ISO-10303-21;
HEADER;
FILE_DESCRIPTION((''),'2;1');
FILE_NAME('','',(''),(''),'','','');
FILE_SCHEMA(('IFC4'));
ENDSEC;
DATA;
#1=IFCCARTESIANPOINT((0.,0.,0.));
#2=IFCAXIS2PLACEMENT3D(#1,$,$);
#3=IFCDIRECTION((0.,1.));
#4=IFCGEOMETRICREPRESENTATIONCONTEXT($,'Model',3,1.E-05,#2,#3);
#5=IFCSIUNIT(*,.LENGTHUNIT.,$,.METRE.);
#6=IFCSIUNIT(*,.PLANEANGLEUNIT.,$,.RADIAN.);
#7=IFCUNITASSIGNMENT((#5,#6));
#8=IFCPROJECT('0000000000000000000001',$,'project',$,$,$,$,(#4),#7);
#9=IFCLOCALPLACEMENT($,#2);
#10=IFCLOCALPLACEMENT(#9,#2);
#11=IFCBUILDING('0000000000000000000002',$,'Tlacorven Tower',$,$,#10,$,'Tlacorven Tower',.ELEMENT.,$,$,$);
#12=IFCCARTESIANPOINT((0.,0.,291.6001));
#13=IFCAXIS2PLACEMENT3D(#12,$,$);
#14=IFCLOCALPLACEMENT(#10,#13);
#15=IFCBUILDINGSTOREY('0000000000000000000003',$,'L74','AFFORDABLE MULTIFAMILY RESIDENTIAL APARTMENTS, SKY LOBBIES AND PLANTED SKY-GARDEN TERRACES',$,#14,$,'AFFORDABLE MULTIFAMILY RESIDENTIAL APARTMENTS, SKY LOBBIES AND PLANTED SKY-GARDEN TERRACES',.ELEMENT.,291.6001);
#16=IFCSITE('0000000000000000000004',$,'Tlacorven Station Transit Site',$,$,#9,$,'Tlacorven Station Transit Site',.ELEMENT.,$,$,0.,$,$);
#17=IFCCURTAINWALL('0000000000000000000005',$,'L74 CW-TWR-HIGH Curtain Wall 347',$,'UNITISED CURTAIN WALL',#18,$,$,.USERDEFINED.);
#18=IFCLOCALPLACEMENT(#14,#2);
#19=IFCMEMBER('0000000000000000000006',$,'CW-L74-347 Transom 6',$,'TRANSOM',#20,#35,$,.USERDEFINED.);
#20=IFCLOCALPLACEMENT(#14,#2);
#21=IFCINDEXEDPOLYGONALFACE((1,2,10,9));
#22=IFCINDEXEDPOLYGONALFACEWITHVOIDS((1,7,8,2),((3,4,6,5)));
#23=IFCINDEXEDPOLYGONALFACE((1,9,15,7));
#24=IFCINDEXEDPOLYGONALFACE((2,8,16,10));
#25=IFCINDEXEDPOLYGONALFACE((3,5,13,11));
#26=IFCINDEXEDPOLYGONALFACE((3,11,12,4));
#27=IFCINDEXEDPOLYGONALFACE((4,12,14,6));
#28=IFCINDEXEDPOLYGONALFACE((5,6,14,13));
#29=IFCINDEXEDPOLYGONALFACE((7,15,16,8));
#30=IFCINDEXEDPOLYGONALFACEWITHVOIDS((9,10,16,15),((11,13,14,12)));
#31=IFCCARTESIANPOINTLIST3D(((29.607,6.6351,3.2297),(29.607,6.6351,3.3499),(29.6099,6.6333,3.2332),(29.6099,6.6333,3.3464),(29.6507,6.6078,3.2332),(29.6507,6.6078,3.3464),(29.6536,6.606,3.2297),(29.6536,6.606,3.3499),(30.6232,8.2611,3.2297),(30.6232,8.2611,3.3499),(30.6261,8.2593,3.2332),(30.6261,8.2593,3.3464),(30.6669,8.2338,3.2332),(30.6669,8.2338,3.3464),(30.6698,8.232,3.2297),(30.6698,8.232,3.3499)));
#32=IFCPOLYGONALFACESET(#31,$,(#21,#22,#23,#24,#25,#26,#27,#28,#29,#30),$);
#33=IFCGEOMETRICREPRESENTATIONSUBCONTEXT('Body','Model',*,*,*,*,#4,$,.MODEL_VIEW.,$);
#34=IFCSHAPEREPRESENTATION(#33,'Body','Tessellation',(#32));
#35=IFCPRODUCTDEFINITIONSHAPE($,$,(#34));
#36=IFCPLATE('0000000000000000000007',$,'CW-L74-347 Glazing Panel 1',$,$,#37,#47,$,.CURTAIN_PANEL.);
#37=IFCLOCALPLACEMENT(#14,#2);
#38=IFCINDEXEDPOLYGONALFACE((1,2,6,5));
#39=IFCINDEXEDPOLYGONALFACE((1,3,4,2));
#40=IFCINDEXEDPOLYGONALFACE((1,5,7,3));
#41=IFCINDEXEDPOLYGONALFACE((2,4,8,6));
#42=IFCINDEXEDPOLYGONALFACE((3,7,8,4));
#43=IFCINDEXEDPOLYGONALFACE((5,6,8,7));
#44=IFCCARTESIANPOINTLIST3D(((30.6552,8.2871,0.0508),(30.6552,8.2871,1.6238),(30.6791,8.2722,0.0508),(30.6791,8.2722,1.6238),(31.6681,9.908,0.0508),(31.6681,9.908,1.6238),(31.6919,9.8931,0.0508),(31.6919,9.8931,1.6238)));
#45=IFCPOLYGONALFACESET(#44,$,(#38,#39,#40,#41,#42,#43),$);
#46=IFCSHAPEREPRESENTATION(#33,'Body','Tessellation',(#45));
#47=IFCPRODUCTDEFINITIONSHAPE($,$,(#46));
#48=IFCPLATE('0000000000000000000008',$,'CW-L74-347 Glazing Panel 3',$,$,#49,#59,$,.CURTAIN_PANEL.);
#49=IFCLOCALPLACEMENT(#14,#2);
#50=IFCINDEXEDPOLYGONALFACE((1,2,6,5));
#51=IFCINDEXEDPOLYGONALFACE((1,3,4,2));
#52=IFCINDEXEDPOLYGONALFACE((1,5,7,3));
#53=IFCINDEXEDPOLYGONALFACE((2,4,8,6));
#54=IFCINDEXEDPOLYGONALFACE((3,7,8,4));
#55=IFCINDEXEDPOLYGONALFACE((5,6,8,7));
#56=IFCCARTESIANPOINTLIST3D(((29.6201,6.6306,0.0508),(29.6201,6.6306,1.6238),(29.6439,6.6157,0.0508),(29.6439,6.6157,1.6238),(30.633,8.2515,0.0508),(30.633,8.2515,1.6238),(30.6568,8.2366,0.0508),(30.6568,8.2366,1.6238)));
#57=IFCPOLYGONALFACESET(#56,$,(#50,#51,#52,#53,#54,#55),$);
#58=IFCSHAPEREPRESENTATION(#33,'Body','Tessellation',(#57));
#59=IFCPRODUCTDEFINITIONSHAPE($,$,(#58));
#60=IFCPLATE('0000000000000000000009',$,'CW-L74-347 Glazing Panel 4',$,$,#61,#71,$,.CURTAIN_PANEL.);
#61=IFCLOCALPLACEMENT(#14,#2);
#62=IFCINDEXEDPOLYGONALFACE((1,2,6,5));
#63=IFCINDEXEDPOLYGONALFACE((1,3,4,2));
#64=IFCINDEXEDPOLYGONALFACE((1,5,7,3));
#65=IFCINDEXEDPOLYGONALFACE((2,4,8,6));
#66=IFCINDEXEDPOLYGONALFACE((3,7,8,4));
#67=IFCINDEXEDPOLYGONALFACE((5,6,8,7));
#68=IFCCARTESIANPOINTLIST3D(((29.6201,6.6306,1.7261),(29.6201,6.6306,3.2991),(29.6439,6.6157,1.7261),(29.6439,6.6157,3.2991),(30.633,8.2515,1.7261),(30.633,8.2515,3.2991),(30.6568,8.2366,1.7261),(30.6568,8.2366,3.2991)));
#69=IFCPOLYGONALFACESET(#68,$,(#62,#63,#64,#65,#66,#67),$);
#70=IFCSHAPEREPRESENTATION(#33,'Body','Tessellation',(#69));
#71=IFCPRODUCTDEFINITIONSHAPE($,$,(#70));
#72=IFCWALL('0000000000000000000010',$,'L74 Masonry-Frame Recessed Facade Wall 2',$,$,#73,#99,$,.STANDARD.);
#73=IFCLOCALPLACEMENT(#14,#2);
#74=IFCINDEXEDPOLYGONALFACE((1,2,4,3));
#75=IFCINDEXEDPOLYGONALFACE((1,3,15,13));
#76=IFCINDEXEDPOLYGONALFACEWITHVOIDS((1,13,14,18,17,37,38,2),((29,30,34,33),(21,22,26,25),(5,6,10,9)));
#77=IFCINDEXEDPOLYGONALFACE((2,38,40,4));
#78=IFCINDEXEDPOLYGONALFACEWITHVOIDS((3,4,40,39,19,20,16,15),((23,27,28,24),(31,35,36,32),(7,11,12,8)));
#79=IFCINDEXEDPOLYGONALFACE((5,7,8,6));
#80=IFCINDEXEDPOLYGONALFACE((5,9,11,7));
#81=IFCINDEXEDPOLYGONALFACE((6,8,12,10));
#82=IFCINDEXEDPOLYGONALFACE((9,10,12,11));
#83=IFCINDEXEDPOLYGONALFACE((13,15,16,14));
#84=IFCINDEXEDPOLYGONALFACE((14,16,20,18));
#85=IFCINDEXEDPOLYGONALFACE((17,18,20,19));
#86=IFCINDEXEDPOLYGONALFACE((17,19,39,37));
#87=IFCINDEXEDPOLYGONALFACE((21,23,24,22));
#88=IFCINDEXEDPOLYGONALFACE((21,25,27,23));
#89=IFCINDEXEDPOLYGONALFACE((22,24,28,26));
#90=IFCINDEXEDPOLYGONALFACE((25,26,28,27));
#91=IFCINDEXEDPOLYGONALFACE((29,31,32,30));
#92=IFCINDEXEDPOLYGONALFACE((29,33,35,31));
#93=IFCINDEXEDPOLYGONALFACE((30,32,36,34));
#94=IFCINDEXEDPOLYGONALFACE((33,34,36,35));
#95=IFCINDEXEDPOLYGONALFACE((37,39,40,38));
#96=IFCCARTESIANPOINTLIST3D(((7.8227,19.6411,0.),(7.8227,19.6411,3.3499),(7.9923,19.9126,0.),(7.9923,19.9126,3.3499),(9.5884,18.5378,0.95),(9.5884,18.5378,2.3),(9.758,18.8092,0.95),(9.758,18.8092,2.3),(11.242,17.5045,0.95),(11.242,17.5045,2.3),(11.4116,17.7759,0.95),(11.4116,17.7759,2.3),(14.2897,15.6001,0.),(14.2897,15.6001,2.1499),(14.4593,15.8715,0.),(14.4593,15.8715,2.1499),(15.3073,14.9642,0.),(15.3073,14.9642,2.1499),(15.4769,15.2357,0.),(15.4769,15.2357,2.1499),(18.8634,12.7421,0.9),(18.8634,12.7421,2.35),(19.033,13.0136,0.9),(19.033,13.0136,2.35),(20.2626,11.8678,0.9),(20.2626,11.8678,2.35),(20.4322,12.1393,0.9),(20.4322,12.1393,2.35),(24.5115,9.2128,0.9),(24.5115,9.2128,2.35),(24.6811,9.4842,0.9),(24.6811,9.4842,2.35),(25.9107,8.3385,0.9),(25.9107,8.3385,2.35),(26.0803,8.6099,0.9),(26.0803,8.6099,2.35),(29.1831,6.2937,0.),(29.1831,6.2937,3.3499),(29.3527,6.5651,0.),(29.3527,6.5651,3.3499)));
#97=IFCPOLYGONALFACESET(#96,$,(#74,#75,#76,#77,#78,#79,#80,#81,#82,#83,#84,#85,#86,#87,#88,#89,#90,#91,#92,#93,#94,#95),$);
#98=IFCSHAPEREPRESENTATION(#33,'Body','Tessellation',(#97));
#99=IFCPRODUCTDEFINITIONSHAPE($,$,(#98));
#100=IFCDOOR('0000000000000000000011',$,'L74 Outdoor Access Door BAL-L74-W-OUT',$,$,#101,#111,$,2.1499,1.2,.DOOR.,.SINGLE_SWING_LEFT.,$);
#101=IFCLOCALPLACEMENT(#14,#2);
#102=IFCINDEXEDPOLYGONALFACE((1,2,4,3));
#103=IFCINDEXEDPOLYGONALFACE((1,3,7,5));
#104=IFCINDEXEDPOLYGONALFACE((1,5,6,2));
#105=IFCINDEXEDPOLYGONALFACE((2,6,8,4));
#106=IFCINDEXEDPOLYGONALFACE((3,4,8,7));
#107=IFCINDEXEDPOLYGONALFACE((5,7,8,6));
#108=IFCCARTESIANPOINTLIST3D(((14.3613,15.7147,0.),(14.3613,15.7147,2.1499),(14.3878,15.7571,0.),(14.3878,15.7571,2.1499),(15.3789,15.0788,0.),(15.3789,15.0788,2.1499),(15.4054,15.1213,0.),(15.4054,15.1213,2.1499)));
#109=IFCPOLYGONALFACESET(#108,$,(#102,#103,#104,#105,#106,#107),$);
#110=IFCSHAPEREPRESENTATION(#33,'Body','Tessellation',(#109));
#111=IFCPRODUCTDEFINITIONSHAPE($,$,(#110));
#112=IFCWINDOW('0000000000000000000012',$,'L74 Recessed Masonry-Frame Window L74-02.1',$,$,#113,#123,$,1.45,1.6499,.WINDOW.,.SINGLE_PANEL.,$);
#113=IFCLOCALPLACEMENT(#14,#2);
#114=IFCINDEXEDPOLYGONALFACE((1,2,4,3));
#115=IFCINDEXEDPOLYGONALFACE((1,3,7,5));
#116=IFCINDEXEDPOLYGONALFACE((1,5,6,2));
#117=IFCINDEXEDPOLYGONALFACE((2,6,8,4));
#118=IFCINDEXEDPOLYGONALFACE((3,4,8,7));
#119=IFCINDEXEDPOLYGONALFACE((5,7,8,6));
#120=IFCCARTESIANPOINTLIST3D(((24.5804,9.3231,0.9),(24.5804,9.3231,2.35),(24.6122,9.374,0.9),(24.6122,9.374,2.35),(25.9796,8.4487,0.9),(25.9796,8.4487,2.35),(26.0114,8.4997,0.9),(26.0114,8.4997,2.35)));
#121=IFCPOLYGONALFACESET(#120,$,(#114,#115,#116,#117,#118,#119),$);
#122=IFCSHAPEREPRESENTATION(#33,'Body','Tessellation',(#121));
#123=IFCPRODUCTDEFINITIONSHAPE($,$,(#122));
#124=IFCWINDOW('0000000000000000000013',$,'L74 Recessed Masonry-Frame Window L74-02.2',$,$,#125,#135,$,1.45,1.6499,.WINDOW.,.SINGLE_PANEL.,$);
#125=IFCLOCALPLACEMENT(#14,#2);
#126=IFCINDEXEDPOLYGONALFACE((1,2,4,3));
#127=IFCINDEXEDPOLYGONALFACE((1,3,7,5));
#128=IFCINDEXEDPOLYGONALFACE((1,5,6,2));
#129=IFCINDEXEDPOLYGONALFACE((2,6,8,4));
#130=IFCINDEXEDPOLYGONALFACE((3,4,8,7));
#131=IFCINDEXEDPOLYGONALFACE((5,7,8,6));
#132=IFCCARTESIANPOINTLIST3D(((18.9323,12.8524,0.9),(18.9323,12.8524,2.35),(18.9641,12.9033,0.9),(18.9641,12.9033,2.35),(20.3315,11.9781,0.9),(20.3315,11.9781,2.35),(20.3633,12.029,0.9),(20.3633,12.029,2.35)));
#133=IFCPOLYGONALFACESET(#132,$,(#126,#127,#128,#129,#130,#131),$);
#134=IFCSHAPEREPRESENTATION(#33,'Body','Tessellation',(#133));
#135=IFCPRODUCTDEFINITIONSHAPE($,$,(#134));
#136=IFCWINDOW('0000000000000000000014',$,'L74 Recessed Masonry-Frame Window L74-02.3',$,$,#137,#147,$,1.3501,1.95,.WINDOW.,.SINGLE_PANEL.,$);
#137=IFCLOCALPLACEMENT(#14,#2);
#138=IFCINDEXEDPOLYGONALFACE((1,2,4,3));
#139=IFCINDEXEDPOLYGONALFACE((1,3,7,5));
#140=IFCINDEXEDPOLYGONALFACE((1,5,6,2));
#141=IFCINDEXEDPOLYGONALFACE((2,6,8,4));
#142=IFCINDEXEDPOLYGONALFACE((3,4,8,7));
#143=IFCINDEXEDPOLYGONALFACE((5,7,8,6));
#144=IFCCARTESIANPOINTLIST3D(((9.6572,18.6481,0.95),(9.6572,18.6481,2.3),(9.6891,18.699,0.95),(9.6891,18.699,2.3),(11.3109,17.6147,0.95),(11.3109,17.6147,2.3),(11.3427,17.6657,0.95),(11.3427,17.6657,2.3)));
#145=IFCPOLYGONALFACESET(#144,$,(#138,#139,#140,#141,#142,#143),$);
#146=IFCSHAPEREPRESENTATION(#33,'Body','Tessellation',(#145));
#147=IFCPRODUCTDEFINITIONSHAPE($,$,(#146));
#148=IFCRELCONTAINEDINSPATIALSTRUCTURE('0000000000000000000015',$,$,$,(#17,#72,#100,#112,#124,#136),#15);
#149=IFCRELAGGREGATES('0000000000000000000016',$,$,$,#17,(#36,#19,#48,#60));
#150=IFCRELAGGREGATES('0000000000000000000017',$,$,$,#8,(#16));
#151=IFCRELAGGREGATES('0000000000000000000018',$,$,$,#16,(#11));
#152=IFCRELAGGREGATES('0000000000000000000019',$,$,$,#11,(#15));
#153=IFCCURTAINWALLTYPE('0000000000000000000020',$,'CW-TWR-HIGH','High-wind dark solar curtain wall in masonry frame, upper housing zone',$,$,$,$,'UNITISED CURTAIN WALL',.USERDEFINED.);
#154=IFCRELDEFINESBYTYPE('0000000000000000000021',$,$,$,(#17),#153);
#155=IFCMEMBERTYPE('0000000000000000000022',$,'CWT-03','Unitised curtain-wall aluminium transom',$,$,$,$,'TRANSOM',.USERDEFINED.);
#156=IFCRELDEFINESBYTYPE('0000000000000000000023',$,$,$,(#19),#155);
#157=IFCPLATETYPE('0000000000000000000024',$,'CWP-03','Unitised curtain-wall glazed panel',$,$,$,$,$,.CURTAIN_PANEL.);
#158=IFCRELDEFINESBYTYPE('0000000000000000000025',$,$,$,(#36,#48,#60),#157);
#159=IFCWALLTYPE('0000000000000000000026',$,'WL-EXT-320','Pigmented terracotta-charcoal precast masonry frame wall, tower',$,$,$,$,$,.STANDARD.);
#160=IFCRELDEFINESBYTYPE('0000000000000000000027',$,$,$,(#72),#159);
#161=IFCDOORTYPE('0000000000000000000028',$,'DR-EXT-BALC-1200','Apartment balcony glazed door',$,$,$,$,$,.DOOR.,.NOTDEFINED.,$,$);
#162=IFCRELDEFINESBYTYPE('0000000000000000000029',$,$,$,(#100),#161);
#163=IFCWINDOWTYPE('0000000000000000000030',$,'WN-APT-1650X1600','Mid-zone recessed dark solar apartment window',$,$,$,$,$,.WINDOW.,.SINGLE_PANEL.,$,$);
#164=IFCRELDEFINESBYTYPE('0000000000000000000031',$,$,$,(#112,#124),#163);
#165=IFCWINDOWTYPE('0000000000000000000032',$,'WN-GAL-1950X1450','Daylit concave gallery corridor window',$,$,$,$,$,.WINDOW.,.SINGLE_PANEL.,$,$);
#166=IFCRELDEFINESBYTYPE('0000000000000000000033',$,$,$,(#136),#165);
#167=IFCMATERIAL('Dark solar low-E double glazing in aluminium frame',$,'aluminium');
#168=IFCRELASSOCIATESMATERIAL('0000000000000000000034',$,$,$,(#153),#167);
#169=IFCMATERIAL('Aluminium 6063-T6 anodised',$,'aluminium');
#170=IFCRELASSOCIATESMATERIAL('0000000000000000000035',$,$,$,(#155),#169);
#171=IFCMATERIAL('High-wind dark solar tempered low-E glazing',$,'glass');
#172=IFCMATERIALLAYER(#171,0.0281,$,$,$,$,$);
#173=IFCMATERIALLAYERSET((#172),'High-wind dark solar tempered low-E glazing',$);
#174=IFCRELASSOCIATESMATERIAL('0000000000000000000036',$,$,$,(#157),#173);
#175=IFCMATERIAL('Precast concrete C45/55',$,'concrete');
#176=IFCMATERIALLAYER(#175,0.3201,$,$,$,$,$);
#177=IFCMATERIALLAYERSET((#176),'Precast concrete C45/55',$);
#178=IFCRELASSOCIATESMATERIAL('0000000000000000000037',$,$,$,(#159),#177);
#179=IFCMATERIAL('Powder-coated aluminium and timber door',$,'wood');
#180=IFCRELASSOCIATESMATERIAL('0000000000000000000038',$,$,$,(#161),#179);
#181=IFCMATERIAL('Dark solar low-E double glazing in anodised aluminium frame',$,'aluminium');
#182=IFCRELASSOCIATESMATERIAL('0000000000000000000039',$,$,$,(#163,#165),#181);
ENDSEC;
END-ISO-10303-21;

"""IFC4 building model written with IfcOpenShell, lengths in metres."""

from ifc_helpers import new_model, si_unit, direction, frame, frame_2d, origin, origin_2d, place, context, subcontext, project, spatial, rectangle, hollow_rectangle, extrude, source, transform, mapped, material, layer, layer_set, material_profile, profile_set, type_object, element, fill, aggregate, save


model = new_model("IFC4")

# Units and contexts
model_context = context("Model", 3, precision=1e-05, world=origin(), true_north=direction((0.0, 1.0)))
body_context = subcontext(model_context, "Body", "Model", "MODEL_VIEW")
ifc_project = project(units=[si_unit("LENGTHUNIT", "METRE"), si_unit("PLANEANGLEUNIT", "RADIAN")], contexts=[model_context])

# Site, building, storey
site_placement = place(None, origin())
site = spatial("IfcSite", under=ifc_project, at=site_placement, Name="Tlacorven Station Transit Site", LongName="Tlacorven Station Transit Site", CompositionType="ELEMENT", RefElevation=0.0)
building_placement = place(site_placement, origin())
building = spatial("IfcBuilding", under=site, at=building_placement, Name="Tlacorven Tower", LongName="Tlacorven Tower", CompositionType="ELEMENT")
storey_placement = place(building_placement, frame((0.0, 0.0, 291.6001)))
storey = spatial("IfcBuildingStorey", under=building, at=storey_placement, Name="L74", Description="AFFORDABLE MULTIFAMILY RESIDENTIAL APARTMENTS, SKY LOBBIES AND PLANTED SKY-GARDEN TERRACES", LongName="AFFORDABLE MULTIFAMILY RESIDENTIAL APARTMENTS, SKY LOBBIES AND PLANTED SKY-GARDEN TERRACES", CompositionType="ELEMENT", Elevation=291.6001)

# Curtain wall, member, plates
ifc_material_1 = material(Name="Dark solar low-E double glazing in aluminium frame", Category="aluminium")
curtain_wall_type = type_object("IfcCurtainWallType", Name="CW-TWR-HIGH", Description="High-wind dark solar curtain wall in masonry frame, upper housing zone", ElementType="UNITISED CURTAIN WALL", PredefinedType="USERDEFINED", material=ifc_material_1)
curtain_wall_placement = place(storey_placement, origin())
curtain_wall = element("IfcCurtainWall", 1, at=curtain_wall_placement, inside=storey, type_object=curtain_wall_type, Name="L74 CW-TWR-HIGH Curtain Wall 347", ObjectType="UNITISED CURTAIN WALL", PredefinedType="USERDEFINED")
ifc_material_2 = material(Name="Aluminium 6063-T6 anodised", Category="aluminium")
ifc_material_profile_1 = material_profile(ifc_material_2, hollow_rectangle(XDim=0.0549, YDim=0.1201, WallThickness=0.0034, at=origin_2d()), Name="ALU TRANSOM 55X120")
ifc_profile_set_1 = profile_set([ifc_material_profile_1], Name="Aluminium 6063-T6 anodised")
member_type_1 = type_object("IfcMemberType", Name="CWT-03", Description="Unitised curtain-wall aluminium transom", ElementType="TRANSOM", PredefinedType="USERDEFINED", material=ifc_profile_set_1)
shared_shape_1 = source(origin(), body_context, "Body", "SweptSolid", [
    extrude(hollow_rectangle(XDim=0.0549, YDim=0.1201, WallThickness=0.0034, at=origin_2d()), origin(), (0.0, 0.0, 1.0), 1.9175),
])
member_1_placement = place(storey_placement, frame((30.6465, 8.2466, 3.2898), z_axis=(-0.529953, -0.848027, 0.0), x_axis=(0.848027, -0.529953, 0.0)))
member_1 = element("IfcMember", 2, at=member_1_placement, type_object=member_type_1, Name="CW-L74-347 Transom 6", ObjectType="TRANSOM", PredefinedType="USERDEFINED", context=body_context, shape_type="MappedRepresentation", body=[
    mapped(shared_shape_1, transform((0.0, 0.0, 0.0), scale=1.0)),
])
ifc_material_3 = material(Name="High-wind dark solar tempered low-E glazing", Category="glass")
ifc_layer_1 = layer(ifc_material_3, 0.0281)
ifc_layer_set_1 = layer_set([ifc_layer_1], Name="High-wind dark solar tempered low-E glazing")
plate_type = type_object("IfcPlateType", Name="CWP-03", Description="Unitised curtain-wall glazed panel", PredefinedType="CURTAIN_PANEL", material=ifc_layer_set_1)
shared_shape_2 = source(origin(), body_context, "Body", "SweptSolid", [
    extrude(rectangle(XDim=1.9114, YDim=0.0281, at=origin_2d()), origin(), (0.0, 0.0, 1.0), 1.573),
])
plate_1_placement = place(storey_placement, frame((31.1736, 9.0901, 0.0508), z_axis=(0.0, 0.0, 1.0), x_axis=(-0.529919, -0.848048, 0.0)))
plate_1 = element("IfcPlate", 3, at=plate_1_placement, type_object=plate_type, Name="CW-L74-347 Glazing Panel 1", PredefinedType="CURTAIN_PANEL", context=body_context, shape_type="MappedRepresentation", body=[
    mapped(shared_shape_2, transform((0.0, 0.0, 0.0), scale=1.0)),
])
plate_2_placement = place(storey_placement, frame((30.1384, 7.4336, 0.0508), z_axis=(0.0, 0.0, 1.0), x_axis=(-0.529919, -0.848048, 0.0)))
plate_2 = element("IfcPlate", 4, at=plate_2_placement, type_object=plate_type, Name="CW-L74-347 Glazing Panel 3", PredefinedType="CURTAIN_PANEL", context=body_context, shape_type="MappedRepresentation", body=[
    mapped(shared_shape_2, transform((0.0, 0.0, 0.0), scale=1.0)),
])
plate_3_placement = place(storey_placement, frame((30.1384, 7.4336, 1.7261), z_axis=(0.0, 0.0, 1.0), x_axis=(-0.529919, -0.848048, 0.0)))
plate_3 = element("IfcPlate", 5, at=plate_3_placement, type_object=plate_type, Name="CW-L74-347 Glazing Panel 4", PredefinedType="CURTAIN_PANEL", context=body_context, shape_type="MappedRepresentation", body=[
    mapped(shared_shape_2, transform((0.0, 0.0, 0.0), scale=1.0)),
])
aggregate(curtain_wall, [plate_1, member_1, plate_2, plate_3])

# Wall, openings, door, windows
ifc_material_4 = material(Name="Precast concrete C45/55", Category="concrete")
ifc_layer_2 = layer(ifc_material_4, 0.3201)
ifc_layer_set_2 = layer_set([ifc_layer_2], Name="Precast concrete C45/55")
wall_type_1 = type_object("IfcWallType", Name="WL-EXT-320", Description="Pigmented terracotta-charcoal precast masonry frame wall, tower", PredefinedType="STANDARD", material=ifc_layer_set_2)
wall_1_placement = place(storey_placement, frame((29.2678, 6.4294, 0.0), z_axis=(0.0, 0.0, 1.0), x_axis=(-0.848048, 0.529919, 0.0)))
wall_1 = element("IfcWall", 6, at=wall_1_placement, inside=storey, type_object=wall_type_1, Name="L74 Masonry-Frame Recessed Facade Wall 2", PredefinedType="STANDARD", context=body_context, shape_type="SweptSolid", body=[
    extrude(rectangle(XDim=25.1877, YDim=0.3201, at=frame_2d((12.5938, 0.0))), origin(), (0.0, 0.0, 1.0), 3.3499),
])
opening_1_placement = place(wall_1_placement, frame((16.3618, 0.0, 0.0)))
opening_1 = element("IfcOpeningElement", 7, at=opening_1_placement, cuts=wall_1, PredefinedType="OPENING", context=body_context, shape_type="SweptSolid", body=[
    extrude(rectangle(XDim=1.2, YDim=2.1499, at=frame_2d((0.6001, 1.075))), frame((0.0, 0.1699, 0.0), z_axis=(0.0, -1.0, 0.0), x_axis=(1.0, 0.0, 0.0)), (0.0, 0.0, 1.0), 0.3401),
])
opening_2_placement = place(wall_1_placement, frame((3.8586, 0.0, 0.8999)))
opening_2 = element("IfcOpeningElement", 8, at=opening_2_placement, cuts=wall_1, PredefinedType="OPENING", context=body_context, shape_type="SweptSolid", body=[
    extrude(rectangle(XDim=1.6499, YDim=1.45, at=frame_2d((0.825, 0.7251))), frame((0.0, 0.1699, 0.0), z_axis=(0.0, -1.0, 0.0), x_axis=(1.0, 0.0, 0.0)), (0.0, 0.0, 1.0), 0.3401),
])
opening_3_placement = place(wall_1_placement, frame((10.5188, 0.0, 0.8999)))
opening_3 = element("IfcOpeningElement", 9, at=opening_3_placement, cuts=wall_1, PredefinedType="OPENING", context=body_context, shape_type="SweptSolid", body=[
    extrude(rectangle(XDim=1.6499, YDim=1.45, at=frame_2d((0.825, 0.7251))), frame((0.0, 0.1699, 0.0), z_axis=(0.0, -1.0, 0.0), x_axis=(1.0, 0.0, 0.0)), (0.0, 0.0, 1.0), 0.3401),
])
opening_4_placement = place(wall_1_placement, frame((21.1555, 0.0, 0.95)))
opening_4 = element("IfcOpeningElement", 10, at=opening_4_placement, cuts=wall_1, PredefinedType="OPENING", context=body_context, shape_type="SweptSolid", body=[
    extrude(rectangle(XDim=1.95, YDim=1.3501, at=frame_2d((0.9751, 0.675))), frame((0.0, 0.1699, 0.0), z_axis=(0.0, -1.0, 0.0), x_axis=(1.0, 0.0, 0.0)), (0.0, 0.0, 1.0), 0.3401),
])
ifc_material_5 = material(Name="Powder-coated aluminium and timber door", Category="wood")
door_type_1 = type_object("IfcDoorType", Name="DR-EXT-BALC-1200", Description="Apartment balcony glazed door", OperationType="NOTDEFINED", PredefinedType="DOOR", material=ifc_material_5)
shared_shape_3 = source(origin(), body_context, "Body", "SweptSolid", [
    extrude(rectangle(XDim=1.2, YDim=2.1499, at=frame_2d((0.6001, 1.075))), frame((0.0, 0.0249, 0.0), z_axis=(0.0, -1.0, 0.0), x_axis=(1.0, 0.0, 0.0)), (0.0, 0.0, 1.0), 0.05),
])
door_1_placement = place(opening_1_placement, origin())
door_1 = element("IfcDoor", 11, at=door_1_placement, inside=storey, type_object=door_type_1, Name="L74 Outdoor Access Door BAL-L74-W-OUT", OperationType="SINGLE_SWING_LEFT", OverallHeight=2.1499, OverallWidth=1.2, PredefinedType="DOOR", context=body_context, shape_type="MappedRepresentation", body=[
    mapped(shared_shape_3, transform((0.0, 0.0, 0.0), scale=1.0)),
])
fill(opening_1, door_1)
ifc_material_6 = material(Name="Dark solar low-E double glazing in anodised aluminium frame", Category="aluminium")
window_type_1 = type_object("IfcWindowType", Name="WN-APT-1650X1600", Description="Mid-zone recessed dark solar apartment window", PartitioningType="SINGLE_PANEL", PredefinedType="WINDOW", material=ifc_material_6)
shared_shape_4 = source(origin(), body_context, "Body", "SweptSolid", [
    extrude(rectangle(XDim=1.6499, YDim=1.45, at=frame_2d((0.825, 0.7251))), frame((0.0, 0.03, 0.0), z_axis=(0.0, -1.0, 0.0), x_axis=(1.0, 0.0, 0.0)), (0.0, 0.0, 1.0), 0.0601),
])
window_1_placement = place(opening_2_placement, origin())
window_1 = element("IfcWindow", 12, at=window_1_placement, inside=storey, type_object=window_type_1, Name="L74 Recessed Masonry-Frame Window L74-02.1", OverallHeight=1.45, OverallWidth=1.6499, PartitioningType="SINGLE_PANEL", PredefinedType="WINDOW", context=body_context, shape_type="MappedRepresentation", body=[
    mapped(shared_shape_4, transform((0.0, 0.0, 0.0), scale=1.0)),
])
fill(opening_2, window_1)
window_2_placement = place(opening_3_placement, origin())
window_2 = element("IfcWindow", 13, at=window_2_placement, inside=storey, type_object=window_type_1, Name="L74 Recessed Masonry-Frame Window L74-02.2", OverallHeight=1.45, OverallWidth=1.6499, PartitioningType="SINGLE_PANEL", PredefinedType="WINDOW", context=body_context, shape_type="MappedRepresentation", body=[
    mapped(shared_shape_4, transform((0.0, 0.0, 0.0), scale=1.0)),
])
fill(opening_3, window_2)
window_type_2 = type_object("IfcWindowType", Name="WN-GAL-1950X1450", Description="Daylit concave gallery corridor window", PartitioningType="SINGLE_PANEL", PredefinedType="WINDOW", material=ifc_material_6)
shared_shape_5 = source(origin(), body_context, "Body", "SweptSolid", [
    extrude(rectangle(XDim=1.95, YDim=1.3501, at=frame_2d((0.9751, 0.675))), frame((0.0, 0.03, 0.0), z_axis=(0.0, -1.0, 0.0), x_axis=(1.0, 0.0, 0.0)), (0.0, 0.0, 1.0), 0.0601),
])
window_3_placement = place(opening_4_placement, origin())
window_3 = element("IfcWindow", 14, at=window_3_placement, inside=storey, type_object=window_type_2, Name="L74 Recessed Masonry-Frame Window L74-02.3", OverallHeight=1.3501, OverallWidth=1.95, PartitioningType="SINGLE_PANEL", PredefinedType="WINDOW", context=body_context, shape_type="MappedRepresentation", body=[
    mapped(shared_shape_5, transform((0.0, 0.0, 0.0), scale=1.0)),
])
fill(opening_4, window_3)

save(model, "model.ifc")
